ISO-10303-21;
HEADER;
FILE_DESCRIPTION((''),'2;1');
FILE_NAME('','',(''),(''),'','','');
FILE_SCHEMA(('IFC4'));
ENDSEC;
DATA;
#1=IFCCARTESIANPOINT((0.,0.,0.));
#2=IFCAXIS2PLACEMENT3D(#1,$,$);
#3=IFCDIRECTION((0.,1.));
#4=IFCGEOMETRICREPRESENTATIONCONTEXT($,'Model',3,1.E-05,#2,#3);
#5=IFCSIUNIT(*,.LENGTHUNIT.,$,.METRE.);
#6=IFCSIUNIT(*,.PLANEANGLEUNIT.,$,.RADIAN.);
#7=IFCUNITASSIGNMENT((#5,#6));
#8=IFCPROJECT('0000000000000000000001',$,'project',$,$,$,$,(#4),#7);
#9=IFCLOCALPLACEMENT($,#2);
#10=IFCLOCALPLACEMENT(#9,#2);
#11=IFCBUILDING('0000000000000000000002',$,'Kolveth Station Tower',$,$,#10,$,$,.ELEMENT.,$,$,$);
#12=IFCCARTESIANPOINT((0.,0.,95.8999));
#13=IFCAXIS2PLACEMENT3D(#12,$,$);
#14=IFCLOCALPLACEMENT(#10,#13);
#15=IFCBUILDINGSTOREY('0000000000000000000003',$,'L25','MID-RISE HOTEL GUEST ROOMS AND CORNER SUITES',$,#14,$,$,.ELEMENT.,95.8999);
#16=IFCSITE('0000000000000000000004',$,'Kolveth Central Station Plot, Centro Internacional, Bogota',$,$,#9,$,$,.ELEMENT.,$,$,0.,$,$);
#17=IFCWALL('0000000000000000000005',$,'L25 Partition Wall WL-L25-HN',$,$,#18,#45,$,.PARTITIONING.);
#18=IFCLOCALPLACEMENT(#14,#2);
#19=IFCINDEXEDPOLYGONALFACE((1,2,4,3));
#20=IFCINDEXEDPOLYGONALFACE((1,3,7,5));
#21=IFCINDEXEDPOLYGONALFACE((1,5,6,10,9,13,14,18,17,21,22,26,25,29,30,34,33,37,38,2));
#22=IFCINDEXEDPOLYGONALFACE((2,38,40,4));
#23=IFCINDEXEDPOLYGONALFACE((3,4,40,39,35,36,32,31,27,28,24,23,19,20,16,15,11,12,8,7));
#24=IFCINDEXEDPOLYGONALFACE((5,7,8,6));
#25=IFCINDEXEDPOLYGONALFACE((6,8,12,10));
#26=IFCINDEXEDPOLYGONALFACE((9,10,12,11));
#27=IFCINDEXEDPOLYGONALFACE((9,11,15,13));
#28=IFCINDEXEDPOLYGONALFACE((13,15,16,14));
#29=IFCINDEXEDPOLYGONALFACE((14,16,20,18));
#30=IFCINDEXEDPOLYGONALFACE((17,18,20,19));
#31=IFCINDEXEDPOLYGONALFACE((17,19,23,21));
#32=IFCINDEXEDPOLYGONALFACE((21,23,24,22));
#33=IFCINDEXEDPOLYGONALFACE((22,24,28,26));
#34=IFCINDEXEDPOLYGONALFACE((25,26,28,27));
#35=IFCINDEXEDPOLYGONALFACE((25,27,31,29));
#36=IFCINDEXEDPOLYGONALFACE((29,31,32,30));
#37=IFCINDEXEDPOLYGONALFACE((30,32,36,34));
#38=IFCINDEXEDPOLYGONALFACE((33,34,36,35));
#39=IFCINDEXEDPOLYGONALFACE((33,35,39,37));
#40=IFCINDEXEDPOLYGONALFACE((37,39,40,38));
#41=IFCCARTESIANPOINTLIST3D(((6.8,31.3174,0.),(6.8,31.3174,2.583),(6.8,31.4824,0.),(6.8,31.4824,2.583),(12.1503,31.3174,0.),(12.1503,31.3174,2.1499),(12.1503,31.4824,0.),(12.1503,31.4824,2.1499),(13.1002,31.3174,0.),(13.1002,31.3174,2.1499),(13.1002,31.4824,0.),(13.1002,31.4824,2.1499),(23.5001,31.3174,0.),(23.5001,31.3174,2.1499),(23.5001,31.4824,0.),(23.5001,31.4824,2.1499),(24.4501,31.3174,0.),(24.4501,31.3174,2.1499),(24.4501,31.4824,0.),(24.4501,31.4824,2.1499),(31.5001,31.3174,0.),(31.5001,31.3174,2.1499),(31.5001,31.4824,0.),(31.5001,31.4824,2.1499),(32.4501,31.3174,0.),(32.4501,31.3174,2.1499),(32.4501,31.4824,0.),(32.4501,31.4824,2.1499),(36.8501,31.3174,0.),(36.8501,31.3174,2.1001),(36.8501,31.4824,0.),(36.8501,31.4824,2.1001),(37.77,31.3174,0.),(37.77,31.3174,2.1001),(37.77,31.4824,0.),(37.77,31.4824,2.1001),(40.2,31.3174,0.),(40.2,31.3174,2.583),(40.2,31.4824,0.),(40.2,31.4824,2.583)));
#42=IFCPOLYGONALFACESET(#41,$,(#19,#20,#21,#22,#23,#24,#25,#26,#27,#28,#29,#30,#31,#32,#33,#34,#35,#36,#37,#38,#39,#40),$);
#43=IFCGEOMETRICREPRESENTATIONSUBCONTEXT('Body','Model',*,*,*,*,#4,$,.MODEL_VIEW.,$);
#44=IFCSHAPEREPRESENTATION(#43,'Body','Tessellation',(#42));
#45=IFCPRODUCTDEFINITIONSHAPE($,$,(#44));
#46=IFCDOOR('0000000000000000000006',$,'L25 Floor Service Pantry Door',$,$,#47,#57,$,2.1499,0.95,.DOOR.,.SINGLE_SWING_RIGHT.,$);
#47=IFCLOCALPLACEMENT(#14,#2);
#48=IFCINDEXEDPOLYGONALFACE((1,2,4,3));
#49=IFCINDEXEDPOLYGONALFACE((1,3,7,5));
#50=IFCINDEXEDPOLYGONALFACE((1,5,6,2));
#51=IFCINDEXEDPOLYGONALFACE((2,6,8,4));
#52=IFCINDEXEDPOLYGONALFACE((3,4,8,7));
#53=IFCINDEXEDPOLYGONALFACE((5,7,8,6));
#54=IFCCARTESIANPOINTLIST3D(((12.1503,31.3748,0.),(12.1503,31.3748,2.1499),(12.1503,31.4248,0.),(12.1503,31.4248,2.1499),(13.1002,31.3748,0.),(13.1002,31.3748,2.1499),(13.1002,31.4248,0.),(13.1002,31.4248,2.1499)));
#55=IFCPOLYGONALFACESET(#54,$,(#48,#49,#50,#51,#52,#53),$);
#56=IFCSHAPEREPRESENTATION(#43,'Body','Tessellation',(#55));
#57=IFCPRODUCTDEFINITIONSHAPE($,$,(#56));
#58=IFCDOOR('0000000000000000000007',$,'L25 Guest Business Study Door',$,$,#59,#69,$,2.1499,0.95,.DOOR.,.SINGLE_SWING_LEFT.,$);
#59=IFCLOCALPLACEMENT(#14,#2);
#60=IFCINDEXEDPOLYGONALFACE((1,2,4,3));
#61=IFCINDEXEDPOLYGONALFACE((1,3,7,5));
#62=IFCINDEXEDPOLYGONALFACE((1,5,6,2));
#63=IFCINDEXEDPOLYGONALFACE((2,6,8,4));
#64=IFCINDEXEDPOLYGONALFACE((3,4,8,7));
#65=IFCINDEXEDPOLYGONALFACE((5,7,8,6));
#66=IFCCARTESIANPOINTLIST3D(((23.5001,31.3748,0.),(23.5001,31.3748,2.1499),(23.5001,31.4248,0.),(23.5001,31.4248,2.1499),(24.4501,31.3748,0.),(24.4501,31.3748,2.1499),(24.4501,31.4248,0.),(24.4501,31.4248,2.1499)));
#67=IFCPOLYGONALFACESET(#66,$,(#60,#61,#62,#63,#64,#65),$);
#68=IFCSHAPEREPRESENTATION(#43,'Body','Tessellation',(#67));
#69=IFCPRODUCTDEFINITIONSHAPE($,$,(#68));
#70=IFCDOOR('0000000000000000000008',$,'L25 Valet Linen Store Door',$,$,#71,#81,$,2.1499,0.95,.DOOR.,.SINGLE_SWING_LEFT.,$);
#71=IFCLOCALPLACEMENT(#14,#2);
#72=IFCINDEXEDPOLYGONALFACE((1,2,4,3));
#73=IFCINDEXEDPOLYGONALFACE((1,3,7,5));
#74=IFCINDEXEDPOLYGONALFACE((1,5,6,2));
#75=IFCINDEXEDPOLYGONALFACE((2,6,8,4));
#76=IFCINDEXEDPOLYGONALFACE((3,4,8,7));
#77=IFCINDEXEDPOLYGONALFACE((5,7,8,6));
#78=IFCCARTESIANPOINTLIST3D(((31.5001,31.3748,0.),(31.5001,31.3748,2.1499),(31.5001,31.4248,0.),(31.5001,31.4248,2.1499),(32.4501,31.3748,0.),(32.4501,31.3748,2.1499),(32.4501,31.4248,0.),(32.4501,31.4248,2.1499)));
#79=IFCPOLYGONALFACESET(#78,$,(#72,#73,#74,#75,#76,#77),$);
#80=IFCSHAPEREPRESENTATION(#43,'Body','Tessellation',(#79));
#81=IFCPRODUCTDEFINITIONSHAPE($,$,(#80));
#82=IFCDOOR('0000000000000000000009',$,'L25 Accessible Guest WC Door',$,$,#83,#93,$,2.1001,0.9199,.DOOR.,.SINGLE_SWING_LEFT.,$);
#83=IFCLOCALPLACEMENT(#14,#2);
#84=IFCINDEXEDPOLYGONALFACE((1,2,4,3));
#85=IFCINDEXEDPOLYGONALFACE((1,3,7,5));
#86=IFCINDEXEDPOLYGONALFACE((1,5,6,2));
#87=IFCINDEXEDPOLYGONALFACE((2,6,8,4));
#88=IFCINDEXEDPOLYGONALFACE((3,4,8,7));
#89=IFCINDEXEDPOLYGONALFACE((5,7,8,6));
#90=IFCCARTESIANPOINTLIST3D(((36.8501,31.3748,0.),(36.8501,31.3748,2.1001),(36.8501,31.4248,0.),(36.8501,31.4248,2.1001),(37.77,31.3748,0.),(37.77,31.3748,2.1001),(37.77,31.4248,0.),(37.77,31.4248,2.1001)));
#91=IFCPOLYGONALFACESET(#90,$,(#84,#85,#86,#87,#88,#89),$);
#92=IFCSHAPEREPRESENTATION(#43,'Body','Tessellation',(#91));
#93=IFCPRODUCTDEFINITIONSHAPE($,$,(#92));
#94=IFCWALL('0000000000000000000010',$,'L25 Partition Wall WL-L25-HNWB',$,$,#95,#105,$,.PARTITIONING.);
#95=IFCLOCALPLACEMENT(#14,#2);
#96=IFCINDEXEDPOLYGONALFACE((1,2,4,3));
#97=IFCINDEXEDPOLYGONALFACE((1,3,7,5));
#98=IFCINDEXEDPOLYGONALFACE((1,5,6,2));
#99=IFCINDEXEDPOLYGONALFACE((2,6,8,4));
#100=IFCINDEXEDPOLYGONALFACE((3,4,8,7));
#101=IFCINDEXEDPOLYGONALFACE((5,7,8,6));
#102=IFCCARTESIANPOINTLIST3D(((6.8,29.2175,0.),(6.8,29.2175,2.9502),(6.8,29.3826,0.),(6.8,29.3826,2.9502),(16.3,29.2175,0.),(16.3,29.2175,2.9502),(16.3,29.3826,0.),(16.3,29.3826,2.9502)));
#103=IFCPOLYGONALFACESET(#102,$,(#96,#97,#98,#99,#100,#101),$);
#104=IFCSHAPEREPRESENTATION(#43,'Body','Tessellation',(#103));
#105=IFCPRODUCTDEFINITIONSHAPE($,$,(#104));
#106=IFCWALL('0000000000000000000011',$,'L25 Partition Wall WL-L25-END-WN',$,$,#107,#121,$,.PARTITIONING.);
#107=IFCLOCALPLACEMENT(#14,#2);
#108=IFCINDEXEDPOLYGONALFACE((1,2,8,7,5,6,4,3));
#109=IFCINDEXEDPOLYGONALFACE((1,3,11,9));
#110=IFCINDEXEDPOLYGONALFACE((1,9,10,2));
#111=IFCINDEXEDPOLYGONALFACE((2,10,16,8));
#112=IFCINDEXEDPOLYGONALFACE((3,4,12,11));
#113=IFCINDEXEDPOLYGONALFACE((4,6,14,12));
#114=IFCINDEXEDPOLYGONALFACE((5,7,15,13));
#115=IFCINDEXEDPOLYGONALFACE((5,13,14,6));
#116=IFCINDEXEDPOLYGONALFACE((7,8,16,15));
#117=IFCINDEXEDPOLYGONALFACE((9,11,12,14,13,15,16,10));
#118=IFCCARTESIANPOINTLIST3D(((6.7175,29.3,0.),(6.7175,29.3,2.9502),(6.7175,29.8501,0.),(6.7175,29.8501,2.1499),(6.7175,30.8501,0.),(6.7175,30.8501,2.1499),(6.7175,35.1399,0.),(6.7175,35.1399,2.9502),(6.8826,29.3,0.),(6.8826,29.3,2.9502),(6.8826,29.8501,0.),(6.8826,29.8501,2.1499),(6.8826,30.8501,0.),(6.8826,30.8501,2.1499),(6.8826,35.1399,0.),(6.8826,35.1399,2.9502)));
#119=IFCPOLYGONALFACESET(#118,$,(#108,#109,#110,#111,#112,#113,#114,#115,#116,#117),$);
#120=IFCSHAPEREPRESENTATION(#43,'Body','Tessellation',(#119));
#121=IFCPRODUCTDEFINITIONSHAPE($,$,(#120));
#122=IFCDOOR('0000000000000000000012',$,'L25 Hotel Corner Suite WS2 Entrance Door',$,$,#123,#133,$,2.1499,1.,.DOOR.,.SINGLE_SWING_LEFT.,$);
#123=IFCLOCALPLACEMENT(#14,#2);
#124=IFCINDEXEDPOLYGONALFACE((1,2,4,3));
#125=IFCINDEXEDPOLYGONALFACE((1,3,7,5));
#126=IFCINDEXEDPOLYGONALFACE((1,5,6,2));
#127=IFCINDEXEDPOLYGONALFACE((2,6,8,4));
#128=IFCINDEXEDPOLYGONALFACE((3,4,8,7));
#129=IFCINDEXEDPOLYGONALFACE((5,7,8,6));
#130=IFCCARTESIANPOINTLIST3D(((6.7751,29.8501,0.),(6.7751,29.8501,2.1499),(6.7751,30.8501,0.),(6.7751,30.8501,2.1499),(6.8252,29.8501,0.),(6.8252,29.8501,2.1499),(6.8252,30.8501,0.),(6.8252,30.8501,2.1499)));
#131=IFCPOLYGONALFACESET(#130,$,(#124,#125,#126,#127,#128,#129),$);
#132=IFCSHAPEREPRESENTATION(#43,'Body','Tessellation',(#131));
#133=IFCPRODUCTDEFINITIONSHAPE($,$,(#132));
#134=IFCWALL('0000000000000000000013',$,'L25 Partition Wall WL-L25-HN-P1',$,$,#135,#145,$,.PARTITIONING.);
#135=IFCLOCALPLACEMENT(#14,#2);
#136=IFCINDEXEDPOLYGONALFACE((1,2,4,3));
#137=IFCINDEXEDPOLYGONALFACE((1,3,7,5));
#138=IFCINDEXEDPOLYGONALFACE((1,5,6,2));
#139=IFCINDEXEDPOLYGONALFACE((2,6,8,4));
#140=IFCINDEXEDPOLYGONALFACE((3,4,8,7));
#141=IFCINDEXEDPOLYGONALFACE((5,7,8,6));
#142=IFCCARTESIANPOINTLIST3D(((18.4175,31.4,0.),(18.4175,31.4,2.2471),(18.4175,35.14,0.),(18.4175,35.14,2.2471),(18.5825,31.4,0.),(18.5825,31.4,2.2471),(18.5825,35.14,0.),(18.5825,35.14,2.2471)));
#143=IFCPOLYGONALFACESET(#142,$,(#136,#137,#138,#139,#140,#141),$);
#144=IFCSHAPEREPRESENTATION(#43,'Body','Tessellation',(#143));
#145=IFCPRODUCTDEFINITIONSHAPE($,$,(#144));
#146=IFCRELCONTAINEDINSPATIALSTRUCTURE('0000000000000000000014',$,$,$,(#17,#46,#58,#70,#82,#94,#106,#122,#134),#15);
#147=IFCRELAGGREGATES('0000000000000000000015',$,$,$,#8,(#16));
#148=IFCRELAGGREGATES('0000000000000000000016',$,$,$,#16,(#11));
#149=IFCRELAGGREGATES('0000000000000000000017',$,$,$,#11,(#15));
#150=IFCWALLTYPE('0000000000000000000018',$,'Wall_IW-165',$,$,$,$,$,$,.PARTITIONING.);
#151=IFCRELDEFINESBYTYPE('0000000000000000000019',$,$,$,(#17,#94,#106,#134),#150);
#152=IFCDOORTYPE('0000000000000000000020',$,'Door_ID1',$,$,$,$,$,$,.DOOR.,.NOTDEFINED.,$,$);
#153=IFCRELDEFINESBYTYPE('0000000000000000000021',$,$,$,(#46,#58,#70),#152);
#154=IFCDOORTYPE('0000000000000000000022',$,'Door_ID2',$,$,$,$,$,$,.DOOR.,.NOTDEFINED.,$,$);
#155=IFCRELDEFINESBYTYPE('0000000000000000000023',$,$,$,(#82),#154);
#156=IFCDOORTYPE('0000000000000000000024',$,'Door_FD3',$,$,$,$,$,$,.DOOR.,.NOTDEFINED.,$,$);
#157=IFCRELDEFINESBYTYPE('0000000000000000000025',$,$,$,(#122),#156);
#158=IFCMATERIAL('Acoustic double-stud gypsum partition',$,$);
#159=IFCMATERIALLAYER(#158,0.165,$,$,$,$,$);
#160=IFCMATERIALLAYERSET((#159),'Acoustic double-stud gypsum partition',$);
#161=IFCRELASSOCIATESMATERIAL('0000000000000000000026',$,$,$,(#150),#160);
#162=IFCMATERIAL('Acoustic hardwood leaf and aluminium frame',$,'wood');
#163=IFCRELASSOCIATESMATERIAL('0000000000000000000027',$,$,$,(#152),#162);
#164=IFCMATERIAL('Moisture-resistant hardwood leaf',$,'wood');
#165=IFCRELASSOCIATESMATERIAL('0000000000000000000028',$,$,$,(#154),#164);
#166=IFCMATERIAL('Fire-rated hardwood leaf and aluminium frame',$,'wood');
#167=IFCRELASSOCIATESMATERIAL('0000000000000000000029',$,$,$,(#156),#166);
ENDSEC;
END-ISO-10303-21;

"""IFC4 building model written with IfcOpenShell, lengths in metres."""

from ifc_helpers import new_model, si_unit, direction, frame, frame_2d, origin, place, context, subcontext, project, spatial, rectangle, extrude, material, layer, layer_set, type_object, element, fill, save


model = new_model("IFC4")

# Units and contexts
model_context = context("Model", 3, precision=1e-05, world=origin(), true_north=direction((0.0, 1.0)))
body_context = subcontext(model_context, "Body", "Model", "MODEL_VIEW")
ifc_project = project(units=[si_unit("LENGTHUNIT", "METRE"), si_unit("PLANEANGLEUNIT", "RADIAN")], contexts=[model_context])

# Site, building, storey
site_placement = place(None, origin())
site = spatial("IfcSite", under=ifc_project, at=site_placement, Name="Kolveth Central Station Plot, Centro Internacional, Bogota", CompositionType="ELEMENT", RefElevation=0.0)
building_placement = place(site_placement, origin())
building = spatial("IfcBuilding", under=site, at=building_placement, Name="Kolveth Station Tower", CompositionType="ELEMENT")
storey_placement = place(building_placement, frame((0.0, 0.0, 95.8999)))
storey = spatial("IfcBuildingStorey", under=building, at=storey_placement, Name="L25", Description="MID-RISE HOTEL GUEST ROOMS AND CORNER SUITES", CompositionType="ELEMENT", Elevation=95.8999)

# Shared definitions
ifc_material_1 = material(Name="Acoustic double-stud gypsum partition")
ifc_layer_1 = layer(ifc_material_1, 0.165)
ifc_layer_set_1 = layer_set([ifc_layer_1], Name="Acoustic double-stud gypsum partition")
wall_type_1 = type_object("IfcWallType", Name="Wall_IW-165", PredefinedType="PARTITIONING", material=ifc_layer_set_1)

# Wall, openings, doors
wall_1_placement = place(storey_placement, frame((6.8, 31.3999, 0.0), z_axis=(0.0, 0.0, 1.0), x_axis=(1.0, 0.0, 0.0)))
wall_1 = element("IfcWall", 1, at=wall_1_placement, inside=storey, type_object=wall_type_1, Name="L25 Partition Wall WL-L25-HN", PredefinedType="PARTITIONING", context=body_context, shape_type="SweptSolid", body=[
    extrude(rectangle(XDim=33.3999, YDim=0.165, at=frame_2d((16.7, 0.0))), origin(), (0.0, 0.0, 1.0), 2.583),
])
opening_1_placement = place(wall_1_placement, frame((5.3501, 0.0, 0.0)))
opening_1 = element("IfcOpeningElement", 2, at=opening_1_placement, cuts=wall_1, PredefinedType="OPENING", context=body_context, shape_type="SweptSolid", body=[
    extrude(rectangle(XDim=0.95, YDim=2.1499, at=frame_2d((0.4751, 1.075))), frame((0.0, 0.0925, 0.0), z_axis=(0.0, -1.0, 0.0), x_axis=(1.0, 0.0, 0.0)), (0.0, 0.0, 1.0), 0.1851),
])
opening_2_placement = place(wall_1_placement, frame((16.7, 0.0, 0.0)))
opening_2 = element("IfcOpeningElement", 3, at=opening_2_placement, cuts=wall_1, PredefinedType="OPENING", context=body_context, shape_type="SweptSolid", body=[
    extrude(rectangle(XDim=0.95, YDim=2.1499, at=frame_2d((0.4751, 1.075))), frame((0.0, 0.0925, 0.0), z_axis=(0.0, -1.0, 0.0), x_axis=(1.0, 0.0, 0.0)), (0.0, 0.0, 1.0), 0.1851),
])
opening_3_placement = place(wall_1_placement, frame((24.7, 0.0, 0.0)))
opening_3 = element("IfcOpeningElement", 4, at=opening_3_placement, cuts=wall_1, PredefinedType="OPENING", context=body_context, shape_type="SweptSolid", body=[
    extrude(rectangle(XDim=0.95, YDim=2.1499, at=frame_2d((0.4751, 1.075))), frame((0.0, 0.0925, 0.0), z_axis=(0.0, -1.0, 0.0), x_axis=(1.0, 0.0, 0.0)), (0.0, 0.0, 1.0), 0.1851),
])
opening_4_placement = place(wall_1_placement, frame((30.05, 0.0, 0.0)))
opening_4 = element("IfcOpeningElement", 5, at=opening_4_placement, cuts=wall_1, PredefinedType="OPENING", context=body_context, shape_type="SweptSolid", body=[
    extrude(rectangle(XDim=0.9199, YDim=2.1001, at=frame_2d((0.46, 1.05))), frame((0.0, 0.0925, 0.0), z_axis=(0.0, -1.0, 0.0), x_axis=(1.0, 0.0, 0.0)), (0.0, 0.0, 1.0), 0.1851),
])
ifc_material_2 = material(Name="Acoustic hardwood leaf and aluminium frame", Category="wood")
door_type_1 = type_object("IfcDoorType", Name="Door_ID1", OperationType="NOTDEFINED", PredefinedType="DOOR", material=ifc_material_2)
door_1_placement = place(opening_1_placement, origin())
door_1 = element("IfcDoor", 6, at=door_1_placement, inside=storey, type_object=door_type_1, Name="L25 Floor Service Pantry Door", OperationType="SINGLE_SWING_RIGHT", OverallHeight=2.1499, OverallWidth=0.95, PredefinedType="DOOR", context=body_context, shape_type="SweptSolid", body=[
    extrude(rectangle(XDim=0.95, YDim=2.1499, at=frame_2d((0.4751, 1.075))), frame((0.0, 0.0249, 0.0), z_axis=(0.0, -1.0, 0.0), x_axis=(1.0, 0.0, 0.0)), (0.0, 0.0, 1.0), 0.05),
])
fill(opening_1, door_1)
door_2_placement = place(opening_2_placement, origin())
door_2 = element("IfcDoor", 7, at=door_2_placement, inside=storey, type_object=door_type_1, Name="L25 Guest Business Study Door", OperationType="SINGLE_SWING_LEFT", OverallHeight=2.1499, OverallWidth=0.95, PredefinedType="DOOR", context=body_context, shape_type="SweptSolid", body=[
    extrude(rectangle(XDim=0.95, YDim=2.1499, at=frame_2d((0.4751, 1.075))), frame((0.0, 0.0249, 0.0), z_axis=(0.0, -1.0, 0.0), x_axis=(1.0, 0.0, 0.0)), (0.0, 0.0, 1.0), 0.05),
])
fill(opening_2, door_2)
door_3_placement = place(opening_3_placement, origin())
door_3 = element("IfcDoor", 8, at=door_3_placement, inside=storey, type_object=door_type_1, Name="L25 Valet Linen Store Door", OperationType="SINGLE_SWING_LEFT", OverallHeight=2.1499, OverallWidth=0.95, PredefinedType="DOOR", context=body_context, shape_type="SweptSolid", body=[
    extrude(rectangle(XDim=0.95, YDim=2.1499, at=frame_2d((0.4751, 1.075))), frame((0.0, 0.0249, 0.0), z_axis=(0.0, -1.0, 0.0), x_axis=(1.0, 0.0, 0.0)), (0.0, 0.0, 1.0), 0.05),
])
fill(opening_3, door_3)
ifc_material_3 = material(Name="Moisture-resistant hardwood leaf", Category="wood")
door_type_2 = type_object("IfcDoorType", Name="Door_ID2", OperationType="NOTDEFINED", PredefinedType="DOOR", material=ifc_material_3)
door_4_placement = place(opening_4_placement, origin())
door_4 = element("IfcDoor", 9, at=door_4_placement, inside=storey, type_object=door_type_2, Name="L25 Accessible Guest WC Door", OperationType="SINGLE_SWING_LEFT", OverallHeight=2.1001, OverallWidth=0.9199, PredefinedType="DOOR", context=body_context, shape_type="SweptSolid", body=[
    extrude(rectangle(XDim=0.9199, YDim=2.1001, at=frame_2d((0.46, 1.05))), frame((0.0, 0.0249, 0.0), z_axis=(0.0, -1.0, 0.0), x_axis=(1.0, 0.0, 0.0)), (0.0, 0.0, 1.0), 0.05),
])
fill(opening_4, door_4)

# Wall
wall_2_placement = place(storey_placement, frame((6.8, 29.3, 0.0), z_axis=(0.0, 0.0, 1.0), x_axis=(1.0, 0.0, 0.0)))
element("IfcWall", 10, at=wall_2_placement, inside=storey, type_object=wall_type_1, Name="L25 Partition Wall WL-L25-HNWB", PredefinedType="PARTITIONING", context=body_context, shape_type="SweptSolid", body=[
    extrude(rectangle(XDim=9.5, YDim=0.165, at=frame_2d((4.75, 0.0))), origin(), (0.0, 0.0, 1.0), 2.9502),
])

# Wall, opening, door
wall_3_placement = place(storey_placement, frame((6.8, 29.3, 0.0), z_axis=(0.0, 0.0, 1.0), x_axis=(0.0, 1.0, 0.0)))
wall_3 = element("IfcWall", 11, at=wall_3_placement, inside=storey, type_object=wall_type_1, Name="L25 Partition Wall WL-L25-END-WN", PredefinedType="PARTITIONING", context=body_context, shape_type="SweptSolid", body=[
    extrude(rectangle(XDim=5.8398, YDim=0.165, at=frame_2d((2.9199, 0.0))), origin(), (0.0, 0.0, 1.0), 2.9502),
])
opening_5_placement = place(wall_3_placement, frame((0.55, 0.0, 0.0)))
opening_5 = element("IfcOpeningElement", 12, at=opening_5_placement, cuts=wall_3, PredefinedType="OPENING", context=body_context, shape_type="SweptSolid", body=[
    extrude(rectangle(XDim=1.0, YDim=2.1499, at=frame_2d((0.5, 1.075))), frame((0.0, 0.0925, 0.0), z_axis=(0.0, -1.0, 0.0), x_axis=(1.0, 0.0, 0.0)), (0.0, 0.0, 1.0), 0.1851),
])
ifc_material_4 = material(Name="Fire-rated hardwood leaf and aluminium frame", Category="wood")
door_type_3 = type_object("IfcDoorType", Name="Door_FD3", OperationType="NOTDEFINED", PredefinedType="DOOR", material=ifc_material_4)
door_5_placement = place(opening_5_placement, origin())
door_5 = element("IfcDoor", 13, at=door_5_placement, inside=storey, type_object=door_type_3, Name="L25 Hotel Corner Suite WS2 Entrance Door", OperationType="SINGLE_SWING_LEFT", OverallHeight=2.1499, OverallWidth=1.0, PredefinedType="DOOR", context=body_context, shape_type="SweptSolid", body=[
    extrude(rectangle(XDim=1.0, YDim=2.1499, at=frame_2d((0.5, 1.075))), frame((0.0, 0.0249, 0.0), z_axis=(0.0, -1.0, 0.0), x_axis=(1.0, 0.0, 0.0)), (0.0, 0.0, 1.0), 0.05),
])
fill(opening_5, door_5)

# Wall
wall_4_placement = place(storey_placement, frame((18.5, 31.3999, 0.0), z_axis=(0.0, 0.0, 1.0), x_axis=(0.0, 1.0, 0.0)))
element("IfcWall", 14, at=wall_4_placement, inside=storey, type_object=wall_type_1, Name="L25 Partition Wall WL-L25-HN-P1", PredefinedType="PARTITIONING", context=body_context, shape_type="SweptSolid", body=[
    extrude(rectangle(XDim=3.74, YDim=0.165, at=frame_2d((1.8701, 0.0))), origin(), (0.0, 0.0, 1.0), 2.2471),
])

save(model, "model.ifc")
